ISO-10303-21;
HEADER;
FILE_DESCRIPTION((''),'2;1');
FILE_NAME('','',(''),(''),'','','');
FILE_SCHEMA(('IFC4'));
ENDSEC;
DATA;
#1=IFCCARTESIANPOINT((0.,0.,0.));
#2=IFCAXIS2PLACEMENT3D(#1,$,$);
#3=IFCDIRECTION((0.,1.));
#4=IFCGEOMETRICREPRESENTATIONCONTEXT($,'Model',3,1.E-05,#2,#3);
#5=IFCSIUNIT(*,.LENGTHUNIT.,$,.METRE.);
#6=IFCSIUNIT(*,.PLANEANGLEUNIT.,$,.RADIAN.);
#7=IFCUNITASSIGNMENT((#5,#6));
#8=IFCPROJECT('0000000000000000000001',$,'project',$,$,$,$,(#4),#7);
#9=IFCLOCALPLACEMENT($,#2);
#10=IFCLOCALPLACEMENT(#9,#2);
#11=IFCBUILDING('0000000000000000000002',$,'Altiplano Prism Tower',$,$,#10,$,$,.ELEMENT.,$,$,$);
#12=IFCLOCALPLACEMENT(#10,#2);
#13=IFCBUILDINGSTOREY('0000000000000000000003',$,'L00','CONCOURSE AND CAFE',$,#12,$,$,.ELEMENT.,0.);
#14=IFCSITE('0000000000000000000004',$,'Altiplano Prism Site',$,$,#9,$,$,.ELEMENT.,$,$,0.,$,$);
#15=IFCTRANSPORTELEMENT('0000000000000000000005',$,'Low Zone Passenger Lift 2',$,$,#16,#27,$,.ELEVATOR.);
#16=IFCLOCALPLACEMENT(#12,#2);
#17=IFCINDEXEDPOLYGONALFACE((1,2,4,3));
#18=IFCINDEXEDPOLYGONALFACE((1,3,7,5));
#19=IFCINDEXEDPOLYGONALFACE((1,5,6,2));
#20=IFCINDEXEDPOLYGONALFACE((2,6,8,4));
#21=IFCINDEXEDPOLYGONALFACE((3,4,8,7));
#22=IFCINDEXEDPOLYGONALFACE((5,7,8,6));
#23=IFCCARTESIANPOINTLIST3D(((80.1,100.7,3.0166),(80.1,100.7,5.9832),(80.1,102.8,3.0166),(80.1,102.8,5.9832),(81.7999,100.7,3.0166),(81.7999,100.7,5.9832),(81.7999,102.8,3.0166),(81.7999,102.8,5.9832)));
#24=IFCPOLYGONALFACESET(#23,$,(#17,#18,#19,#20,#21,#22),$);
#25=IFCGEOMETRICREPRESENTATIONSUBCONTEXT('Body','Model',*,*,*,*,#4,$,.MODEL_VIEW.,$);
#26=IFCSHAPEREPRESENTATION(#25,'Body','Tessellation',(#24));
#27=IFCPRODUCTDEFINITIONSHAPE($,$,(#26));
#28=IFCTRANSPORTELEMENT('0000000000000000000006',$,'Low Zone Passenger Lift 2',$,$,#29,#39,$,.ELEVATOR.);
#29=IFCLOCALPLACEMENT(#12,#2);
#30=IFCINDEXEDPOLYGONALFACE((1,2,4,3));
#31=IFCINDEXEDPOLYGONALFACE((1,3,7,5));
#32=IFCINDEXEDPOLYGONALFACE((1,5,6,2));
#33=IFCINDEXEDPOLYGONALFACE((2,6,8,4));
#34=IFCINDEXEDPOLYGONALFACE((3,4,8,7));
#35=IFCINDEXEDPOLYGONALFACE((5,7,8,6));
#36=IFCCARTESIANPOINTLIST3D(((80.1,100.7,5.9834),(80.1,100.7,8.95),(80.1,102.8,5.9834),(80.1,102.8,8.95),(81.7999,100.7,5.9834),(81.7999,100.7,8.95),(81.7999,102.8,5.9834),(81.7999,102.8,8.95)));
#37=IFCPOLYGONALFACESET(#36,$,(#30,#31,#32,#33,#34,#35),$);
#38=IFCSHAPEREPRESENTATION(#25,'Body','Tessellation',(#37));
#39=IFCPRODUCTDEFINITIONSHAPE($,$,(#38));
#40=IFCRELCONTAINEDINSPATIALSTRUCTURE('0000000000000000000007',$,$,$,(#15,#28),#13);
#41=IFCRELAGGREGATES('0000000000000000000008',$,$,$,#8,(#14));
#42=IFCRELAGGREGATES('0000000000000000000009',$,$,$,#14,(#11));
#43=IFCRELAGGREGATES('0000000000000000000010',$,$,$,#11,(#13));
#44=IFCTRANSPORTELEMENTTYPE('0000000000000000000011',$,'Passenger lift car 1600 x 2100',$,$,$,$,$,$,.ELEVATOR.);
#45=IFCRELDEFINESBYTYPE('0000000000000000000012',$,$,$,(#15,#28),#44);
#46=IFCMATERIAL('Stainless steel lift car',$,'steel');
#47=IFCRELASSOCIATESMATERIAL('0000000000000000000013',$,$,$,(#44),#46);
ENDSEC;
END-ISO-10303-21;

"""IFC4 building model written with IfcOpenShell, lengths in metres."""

from ifc_helpers import new_model, si_unit, direction, frame, origin, origin_2d, place, context, subcontext, project, spatial, rectangle, extrude, material, type_object, element, save


model = new_model("IFC4")

# Units and contexts
model_context = context("Model", 3, precision=1e-05, world=origin(), true_north=direction((0.0, 1.0)))
body_context = subcontext(model_context, "Body", "Model", "MODEL_VIEW")
ifc_project = project(units=[si_unit("LENGTHUNIT", "METRE"), si_unit("PLANEANGLEUNIT", "RADIAN")], contexts=[model_context])

# Site, building, storey
site_placement = place(None, origin())
site = spatial("IfcSite", under=ifc_project, at=site_placement, Name="Altiplano Prism Site", CompositionType="ELEMENT", RefElevation=0.0)
building_placement = place(site_placement, origin())
building = spatial("IfcBuilding", under=site, at=building_placement, Name="Altiplano Prism Tower", CompositionType="ELEMENT")
storey_placement = place(building_placement, origin())
storey = spatial("IfcBuildingStorey", under=building, at=storey_placement, Name="L00", Description="CONCOURSE AND CAFE", CompositionType="ELEMENT", Elevation=0.0)

# Transport elements
ifc_material_1 = material(Name="Stainless steel lift car", Category="steel")
transport_element_type = type_object("IfcTransportElementType", Name="Passenger lift car 1600 x 2100", PredefinedType="ELEVATOR", material=ifc_material_1)
for number, where, z_axis, x_axis, name in (
    (1, (80.95, 101.75, 3.0166), (0.0, 0.0, 1.0), (1.0, 0.0, 0.0), "Low Zone Passenger Lift 2"),
    (2, (80.95, 101.75, 5.9834), (0.0, 0.0, 1.0), (1.0, 0.0, 0.0), "Low Zone Passenger Lift 2"),
):
    element("IfcTransportElement", number, at=place(storey_placement, frame(where, z_axis=z_axis, x_axis=x_axis)), inside=storey, type_object=transport_element_type, Name=name, PredefinedType="ELEVATOR", context=body_context, shape_type="SweptSolid", body=[
        extrude(rectangle(XDim=1.7, YDim=2.1001, at=origin_2d()), origin(), (0.0, 0.0, 1.0), 2.9666),
    ])

save(model, "model.ifc")
